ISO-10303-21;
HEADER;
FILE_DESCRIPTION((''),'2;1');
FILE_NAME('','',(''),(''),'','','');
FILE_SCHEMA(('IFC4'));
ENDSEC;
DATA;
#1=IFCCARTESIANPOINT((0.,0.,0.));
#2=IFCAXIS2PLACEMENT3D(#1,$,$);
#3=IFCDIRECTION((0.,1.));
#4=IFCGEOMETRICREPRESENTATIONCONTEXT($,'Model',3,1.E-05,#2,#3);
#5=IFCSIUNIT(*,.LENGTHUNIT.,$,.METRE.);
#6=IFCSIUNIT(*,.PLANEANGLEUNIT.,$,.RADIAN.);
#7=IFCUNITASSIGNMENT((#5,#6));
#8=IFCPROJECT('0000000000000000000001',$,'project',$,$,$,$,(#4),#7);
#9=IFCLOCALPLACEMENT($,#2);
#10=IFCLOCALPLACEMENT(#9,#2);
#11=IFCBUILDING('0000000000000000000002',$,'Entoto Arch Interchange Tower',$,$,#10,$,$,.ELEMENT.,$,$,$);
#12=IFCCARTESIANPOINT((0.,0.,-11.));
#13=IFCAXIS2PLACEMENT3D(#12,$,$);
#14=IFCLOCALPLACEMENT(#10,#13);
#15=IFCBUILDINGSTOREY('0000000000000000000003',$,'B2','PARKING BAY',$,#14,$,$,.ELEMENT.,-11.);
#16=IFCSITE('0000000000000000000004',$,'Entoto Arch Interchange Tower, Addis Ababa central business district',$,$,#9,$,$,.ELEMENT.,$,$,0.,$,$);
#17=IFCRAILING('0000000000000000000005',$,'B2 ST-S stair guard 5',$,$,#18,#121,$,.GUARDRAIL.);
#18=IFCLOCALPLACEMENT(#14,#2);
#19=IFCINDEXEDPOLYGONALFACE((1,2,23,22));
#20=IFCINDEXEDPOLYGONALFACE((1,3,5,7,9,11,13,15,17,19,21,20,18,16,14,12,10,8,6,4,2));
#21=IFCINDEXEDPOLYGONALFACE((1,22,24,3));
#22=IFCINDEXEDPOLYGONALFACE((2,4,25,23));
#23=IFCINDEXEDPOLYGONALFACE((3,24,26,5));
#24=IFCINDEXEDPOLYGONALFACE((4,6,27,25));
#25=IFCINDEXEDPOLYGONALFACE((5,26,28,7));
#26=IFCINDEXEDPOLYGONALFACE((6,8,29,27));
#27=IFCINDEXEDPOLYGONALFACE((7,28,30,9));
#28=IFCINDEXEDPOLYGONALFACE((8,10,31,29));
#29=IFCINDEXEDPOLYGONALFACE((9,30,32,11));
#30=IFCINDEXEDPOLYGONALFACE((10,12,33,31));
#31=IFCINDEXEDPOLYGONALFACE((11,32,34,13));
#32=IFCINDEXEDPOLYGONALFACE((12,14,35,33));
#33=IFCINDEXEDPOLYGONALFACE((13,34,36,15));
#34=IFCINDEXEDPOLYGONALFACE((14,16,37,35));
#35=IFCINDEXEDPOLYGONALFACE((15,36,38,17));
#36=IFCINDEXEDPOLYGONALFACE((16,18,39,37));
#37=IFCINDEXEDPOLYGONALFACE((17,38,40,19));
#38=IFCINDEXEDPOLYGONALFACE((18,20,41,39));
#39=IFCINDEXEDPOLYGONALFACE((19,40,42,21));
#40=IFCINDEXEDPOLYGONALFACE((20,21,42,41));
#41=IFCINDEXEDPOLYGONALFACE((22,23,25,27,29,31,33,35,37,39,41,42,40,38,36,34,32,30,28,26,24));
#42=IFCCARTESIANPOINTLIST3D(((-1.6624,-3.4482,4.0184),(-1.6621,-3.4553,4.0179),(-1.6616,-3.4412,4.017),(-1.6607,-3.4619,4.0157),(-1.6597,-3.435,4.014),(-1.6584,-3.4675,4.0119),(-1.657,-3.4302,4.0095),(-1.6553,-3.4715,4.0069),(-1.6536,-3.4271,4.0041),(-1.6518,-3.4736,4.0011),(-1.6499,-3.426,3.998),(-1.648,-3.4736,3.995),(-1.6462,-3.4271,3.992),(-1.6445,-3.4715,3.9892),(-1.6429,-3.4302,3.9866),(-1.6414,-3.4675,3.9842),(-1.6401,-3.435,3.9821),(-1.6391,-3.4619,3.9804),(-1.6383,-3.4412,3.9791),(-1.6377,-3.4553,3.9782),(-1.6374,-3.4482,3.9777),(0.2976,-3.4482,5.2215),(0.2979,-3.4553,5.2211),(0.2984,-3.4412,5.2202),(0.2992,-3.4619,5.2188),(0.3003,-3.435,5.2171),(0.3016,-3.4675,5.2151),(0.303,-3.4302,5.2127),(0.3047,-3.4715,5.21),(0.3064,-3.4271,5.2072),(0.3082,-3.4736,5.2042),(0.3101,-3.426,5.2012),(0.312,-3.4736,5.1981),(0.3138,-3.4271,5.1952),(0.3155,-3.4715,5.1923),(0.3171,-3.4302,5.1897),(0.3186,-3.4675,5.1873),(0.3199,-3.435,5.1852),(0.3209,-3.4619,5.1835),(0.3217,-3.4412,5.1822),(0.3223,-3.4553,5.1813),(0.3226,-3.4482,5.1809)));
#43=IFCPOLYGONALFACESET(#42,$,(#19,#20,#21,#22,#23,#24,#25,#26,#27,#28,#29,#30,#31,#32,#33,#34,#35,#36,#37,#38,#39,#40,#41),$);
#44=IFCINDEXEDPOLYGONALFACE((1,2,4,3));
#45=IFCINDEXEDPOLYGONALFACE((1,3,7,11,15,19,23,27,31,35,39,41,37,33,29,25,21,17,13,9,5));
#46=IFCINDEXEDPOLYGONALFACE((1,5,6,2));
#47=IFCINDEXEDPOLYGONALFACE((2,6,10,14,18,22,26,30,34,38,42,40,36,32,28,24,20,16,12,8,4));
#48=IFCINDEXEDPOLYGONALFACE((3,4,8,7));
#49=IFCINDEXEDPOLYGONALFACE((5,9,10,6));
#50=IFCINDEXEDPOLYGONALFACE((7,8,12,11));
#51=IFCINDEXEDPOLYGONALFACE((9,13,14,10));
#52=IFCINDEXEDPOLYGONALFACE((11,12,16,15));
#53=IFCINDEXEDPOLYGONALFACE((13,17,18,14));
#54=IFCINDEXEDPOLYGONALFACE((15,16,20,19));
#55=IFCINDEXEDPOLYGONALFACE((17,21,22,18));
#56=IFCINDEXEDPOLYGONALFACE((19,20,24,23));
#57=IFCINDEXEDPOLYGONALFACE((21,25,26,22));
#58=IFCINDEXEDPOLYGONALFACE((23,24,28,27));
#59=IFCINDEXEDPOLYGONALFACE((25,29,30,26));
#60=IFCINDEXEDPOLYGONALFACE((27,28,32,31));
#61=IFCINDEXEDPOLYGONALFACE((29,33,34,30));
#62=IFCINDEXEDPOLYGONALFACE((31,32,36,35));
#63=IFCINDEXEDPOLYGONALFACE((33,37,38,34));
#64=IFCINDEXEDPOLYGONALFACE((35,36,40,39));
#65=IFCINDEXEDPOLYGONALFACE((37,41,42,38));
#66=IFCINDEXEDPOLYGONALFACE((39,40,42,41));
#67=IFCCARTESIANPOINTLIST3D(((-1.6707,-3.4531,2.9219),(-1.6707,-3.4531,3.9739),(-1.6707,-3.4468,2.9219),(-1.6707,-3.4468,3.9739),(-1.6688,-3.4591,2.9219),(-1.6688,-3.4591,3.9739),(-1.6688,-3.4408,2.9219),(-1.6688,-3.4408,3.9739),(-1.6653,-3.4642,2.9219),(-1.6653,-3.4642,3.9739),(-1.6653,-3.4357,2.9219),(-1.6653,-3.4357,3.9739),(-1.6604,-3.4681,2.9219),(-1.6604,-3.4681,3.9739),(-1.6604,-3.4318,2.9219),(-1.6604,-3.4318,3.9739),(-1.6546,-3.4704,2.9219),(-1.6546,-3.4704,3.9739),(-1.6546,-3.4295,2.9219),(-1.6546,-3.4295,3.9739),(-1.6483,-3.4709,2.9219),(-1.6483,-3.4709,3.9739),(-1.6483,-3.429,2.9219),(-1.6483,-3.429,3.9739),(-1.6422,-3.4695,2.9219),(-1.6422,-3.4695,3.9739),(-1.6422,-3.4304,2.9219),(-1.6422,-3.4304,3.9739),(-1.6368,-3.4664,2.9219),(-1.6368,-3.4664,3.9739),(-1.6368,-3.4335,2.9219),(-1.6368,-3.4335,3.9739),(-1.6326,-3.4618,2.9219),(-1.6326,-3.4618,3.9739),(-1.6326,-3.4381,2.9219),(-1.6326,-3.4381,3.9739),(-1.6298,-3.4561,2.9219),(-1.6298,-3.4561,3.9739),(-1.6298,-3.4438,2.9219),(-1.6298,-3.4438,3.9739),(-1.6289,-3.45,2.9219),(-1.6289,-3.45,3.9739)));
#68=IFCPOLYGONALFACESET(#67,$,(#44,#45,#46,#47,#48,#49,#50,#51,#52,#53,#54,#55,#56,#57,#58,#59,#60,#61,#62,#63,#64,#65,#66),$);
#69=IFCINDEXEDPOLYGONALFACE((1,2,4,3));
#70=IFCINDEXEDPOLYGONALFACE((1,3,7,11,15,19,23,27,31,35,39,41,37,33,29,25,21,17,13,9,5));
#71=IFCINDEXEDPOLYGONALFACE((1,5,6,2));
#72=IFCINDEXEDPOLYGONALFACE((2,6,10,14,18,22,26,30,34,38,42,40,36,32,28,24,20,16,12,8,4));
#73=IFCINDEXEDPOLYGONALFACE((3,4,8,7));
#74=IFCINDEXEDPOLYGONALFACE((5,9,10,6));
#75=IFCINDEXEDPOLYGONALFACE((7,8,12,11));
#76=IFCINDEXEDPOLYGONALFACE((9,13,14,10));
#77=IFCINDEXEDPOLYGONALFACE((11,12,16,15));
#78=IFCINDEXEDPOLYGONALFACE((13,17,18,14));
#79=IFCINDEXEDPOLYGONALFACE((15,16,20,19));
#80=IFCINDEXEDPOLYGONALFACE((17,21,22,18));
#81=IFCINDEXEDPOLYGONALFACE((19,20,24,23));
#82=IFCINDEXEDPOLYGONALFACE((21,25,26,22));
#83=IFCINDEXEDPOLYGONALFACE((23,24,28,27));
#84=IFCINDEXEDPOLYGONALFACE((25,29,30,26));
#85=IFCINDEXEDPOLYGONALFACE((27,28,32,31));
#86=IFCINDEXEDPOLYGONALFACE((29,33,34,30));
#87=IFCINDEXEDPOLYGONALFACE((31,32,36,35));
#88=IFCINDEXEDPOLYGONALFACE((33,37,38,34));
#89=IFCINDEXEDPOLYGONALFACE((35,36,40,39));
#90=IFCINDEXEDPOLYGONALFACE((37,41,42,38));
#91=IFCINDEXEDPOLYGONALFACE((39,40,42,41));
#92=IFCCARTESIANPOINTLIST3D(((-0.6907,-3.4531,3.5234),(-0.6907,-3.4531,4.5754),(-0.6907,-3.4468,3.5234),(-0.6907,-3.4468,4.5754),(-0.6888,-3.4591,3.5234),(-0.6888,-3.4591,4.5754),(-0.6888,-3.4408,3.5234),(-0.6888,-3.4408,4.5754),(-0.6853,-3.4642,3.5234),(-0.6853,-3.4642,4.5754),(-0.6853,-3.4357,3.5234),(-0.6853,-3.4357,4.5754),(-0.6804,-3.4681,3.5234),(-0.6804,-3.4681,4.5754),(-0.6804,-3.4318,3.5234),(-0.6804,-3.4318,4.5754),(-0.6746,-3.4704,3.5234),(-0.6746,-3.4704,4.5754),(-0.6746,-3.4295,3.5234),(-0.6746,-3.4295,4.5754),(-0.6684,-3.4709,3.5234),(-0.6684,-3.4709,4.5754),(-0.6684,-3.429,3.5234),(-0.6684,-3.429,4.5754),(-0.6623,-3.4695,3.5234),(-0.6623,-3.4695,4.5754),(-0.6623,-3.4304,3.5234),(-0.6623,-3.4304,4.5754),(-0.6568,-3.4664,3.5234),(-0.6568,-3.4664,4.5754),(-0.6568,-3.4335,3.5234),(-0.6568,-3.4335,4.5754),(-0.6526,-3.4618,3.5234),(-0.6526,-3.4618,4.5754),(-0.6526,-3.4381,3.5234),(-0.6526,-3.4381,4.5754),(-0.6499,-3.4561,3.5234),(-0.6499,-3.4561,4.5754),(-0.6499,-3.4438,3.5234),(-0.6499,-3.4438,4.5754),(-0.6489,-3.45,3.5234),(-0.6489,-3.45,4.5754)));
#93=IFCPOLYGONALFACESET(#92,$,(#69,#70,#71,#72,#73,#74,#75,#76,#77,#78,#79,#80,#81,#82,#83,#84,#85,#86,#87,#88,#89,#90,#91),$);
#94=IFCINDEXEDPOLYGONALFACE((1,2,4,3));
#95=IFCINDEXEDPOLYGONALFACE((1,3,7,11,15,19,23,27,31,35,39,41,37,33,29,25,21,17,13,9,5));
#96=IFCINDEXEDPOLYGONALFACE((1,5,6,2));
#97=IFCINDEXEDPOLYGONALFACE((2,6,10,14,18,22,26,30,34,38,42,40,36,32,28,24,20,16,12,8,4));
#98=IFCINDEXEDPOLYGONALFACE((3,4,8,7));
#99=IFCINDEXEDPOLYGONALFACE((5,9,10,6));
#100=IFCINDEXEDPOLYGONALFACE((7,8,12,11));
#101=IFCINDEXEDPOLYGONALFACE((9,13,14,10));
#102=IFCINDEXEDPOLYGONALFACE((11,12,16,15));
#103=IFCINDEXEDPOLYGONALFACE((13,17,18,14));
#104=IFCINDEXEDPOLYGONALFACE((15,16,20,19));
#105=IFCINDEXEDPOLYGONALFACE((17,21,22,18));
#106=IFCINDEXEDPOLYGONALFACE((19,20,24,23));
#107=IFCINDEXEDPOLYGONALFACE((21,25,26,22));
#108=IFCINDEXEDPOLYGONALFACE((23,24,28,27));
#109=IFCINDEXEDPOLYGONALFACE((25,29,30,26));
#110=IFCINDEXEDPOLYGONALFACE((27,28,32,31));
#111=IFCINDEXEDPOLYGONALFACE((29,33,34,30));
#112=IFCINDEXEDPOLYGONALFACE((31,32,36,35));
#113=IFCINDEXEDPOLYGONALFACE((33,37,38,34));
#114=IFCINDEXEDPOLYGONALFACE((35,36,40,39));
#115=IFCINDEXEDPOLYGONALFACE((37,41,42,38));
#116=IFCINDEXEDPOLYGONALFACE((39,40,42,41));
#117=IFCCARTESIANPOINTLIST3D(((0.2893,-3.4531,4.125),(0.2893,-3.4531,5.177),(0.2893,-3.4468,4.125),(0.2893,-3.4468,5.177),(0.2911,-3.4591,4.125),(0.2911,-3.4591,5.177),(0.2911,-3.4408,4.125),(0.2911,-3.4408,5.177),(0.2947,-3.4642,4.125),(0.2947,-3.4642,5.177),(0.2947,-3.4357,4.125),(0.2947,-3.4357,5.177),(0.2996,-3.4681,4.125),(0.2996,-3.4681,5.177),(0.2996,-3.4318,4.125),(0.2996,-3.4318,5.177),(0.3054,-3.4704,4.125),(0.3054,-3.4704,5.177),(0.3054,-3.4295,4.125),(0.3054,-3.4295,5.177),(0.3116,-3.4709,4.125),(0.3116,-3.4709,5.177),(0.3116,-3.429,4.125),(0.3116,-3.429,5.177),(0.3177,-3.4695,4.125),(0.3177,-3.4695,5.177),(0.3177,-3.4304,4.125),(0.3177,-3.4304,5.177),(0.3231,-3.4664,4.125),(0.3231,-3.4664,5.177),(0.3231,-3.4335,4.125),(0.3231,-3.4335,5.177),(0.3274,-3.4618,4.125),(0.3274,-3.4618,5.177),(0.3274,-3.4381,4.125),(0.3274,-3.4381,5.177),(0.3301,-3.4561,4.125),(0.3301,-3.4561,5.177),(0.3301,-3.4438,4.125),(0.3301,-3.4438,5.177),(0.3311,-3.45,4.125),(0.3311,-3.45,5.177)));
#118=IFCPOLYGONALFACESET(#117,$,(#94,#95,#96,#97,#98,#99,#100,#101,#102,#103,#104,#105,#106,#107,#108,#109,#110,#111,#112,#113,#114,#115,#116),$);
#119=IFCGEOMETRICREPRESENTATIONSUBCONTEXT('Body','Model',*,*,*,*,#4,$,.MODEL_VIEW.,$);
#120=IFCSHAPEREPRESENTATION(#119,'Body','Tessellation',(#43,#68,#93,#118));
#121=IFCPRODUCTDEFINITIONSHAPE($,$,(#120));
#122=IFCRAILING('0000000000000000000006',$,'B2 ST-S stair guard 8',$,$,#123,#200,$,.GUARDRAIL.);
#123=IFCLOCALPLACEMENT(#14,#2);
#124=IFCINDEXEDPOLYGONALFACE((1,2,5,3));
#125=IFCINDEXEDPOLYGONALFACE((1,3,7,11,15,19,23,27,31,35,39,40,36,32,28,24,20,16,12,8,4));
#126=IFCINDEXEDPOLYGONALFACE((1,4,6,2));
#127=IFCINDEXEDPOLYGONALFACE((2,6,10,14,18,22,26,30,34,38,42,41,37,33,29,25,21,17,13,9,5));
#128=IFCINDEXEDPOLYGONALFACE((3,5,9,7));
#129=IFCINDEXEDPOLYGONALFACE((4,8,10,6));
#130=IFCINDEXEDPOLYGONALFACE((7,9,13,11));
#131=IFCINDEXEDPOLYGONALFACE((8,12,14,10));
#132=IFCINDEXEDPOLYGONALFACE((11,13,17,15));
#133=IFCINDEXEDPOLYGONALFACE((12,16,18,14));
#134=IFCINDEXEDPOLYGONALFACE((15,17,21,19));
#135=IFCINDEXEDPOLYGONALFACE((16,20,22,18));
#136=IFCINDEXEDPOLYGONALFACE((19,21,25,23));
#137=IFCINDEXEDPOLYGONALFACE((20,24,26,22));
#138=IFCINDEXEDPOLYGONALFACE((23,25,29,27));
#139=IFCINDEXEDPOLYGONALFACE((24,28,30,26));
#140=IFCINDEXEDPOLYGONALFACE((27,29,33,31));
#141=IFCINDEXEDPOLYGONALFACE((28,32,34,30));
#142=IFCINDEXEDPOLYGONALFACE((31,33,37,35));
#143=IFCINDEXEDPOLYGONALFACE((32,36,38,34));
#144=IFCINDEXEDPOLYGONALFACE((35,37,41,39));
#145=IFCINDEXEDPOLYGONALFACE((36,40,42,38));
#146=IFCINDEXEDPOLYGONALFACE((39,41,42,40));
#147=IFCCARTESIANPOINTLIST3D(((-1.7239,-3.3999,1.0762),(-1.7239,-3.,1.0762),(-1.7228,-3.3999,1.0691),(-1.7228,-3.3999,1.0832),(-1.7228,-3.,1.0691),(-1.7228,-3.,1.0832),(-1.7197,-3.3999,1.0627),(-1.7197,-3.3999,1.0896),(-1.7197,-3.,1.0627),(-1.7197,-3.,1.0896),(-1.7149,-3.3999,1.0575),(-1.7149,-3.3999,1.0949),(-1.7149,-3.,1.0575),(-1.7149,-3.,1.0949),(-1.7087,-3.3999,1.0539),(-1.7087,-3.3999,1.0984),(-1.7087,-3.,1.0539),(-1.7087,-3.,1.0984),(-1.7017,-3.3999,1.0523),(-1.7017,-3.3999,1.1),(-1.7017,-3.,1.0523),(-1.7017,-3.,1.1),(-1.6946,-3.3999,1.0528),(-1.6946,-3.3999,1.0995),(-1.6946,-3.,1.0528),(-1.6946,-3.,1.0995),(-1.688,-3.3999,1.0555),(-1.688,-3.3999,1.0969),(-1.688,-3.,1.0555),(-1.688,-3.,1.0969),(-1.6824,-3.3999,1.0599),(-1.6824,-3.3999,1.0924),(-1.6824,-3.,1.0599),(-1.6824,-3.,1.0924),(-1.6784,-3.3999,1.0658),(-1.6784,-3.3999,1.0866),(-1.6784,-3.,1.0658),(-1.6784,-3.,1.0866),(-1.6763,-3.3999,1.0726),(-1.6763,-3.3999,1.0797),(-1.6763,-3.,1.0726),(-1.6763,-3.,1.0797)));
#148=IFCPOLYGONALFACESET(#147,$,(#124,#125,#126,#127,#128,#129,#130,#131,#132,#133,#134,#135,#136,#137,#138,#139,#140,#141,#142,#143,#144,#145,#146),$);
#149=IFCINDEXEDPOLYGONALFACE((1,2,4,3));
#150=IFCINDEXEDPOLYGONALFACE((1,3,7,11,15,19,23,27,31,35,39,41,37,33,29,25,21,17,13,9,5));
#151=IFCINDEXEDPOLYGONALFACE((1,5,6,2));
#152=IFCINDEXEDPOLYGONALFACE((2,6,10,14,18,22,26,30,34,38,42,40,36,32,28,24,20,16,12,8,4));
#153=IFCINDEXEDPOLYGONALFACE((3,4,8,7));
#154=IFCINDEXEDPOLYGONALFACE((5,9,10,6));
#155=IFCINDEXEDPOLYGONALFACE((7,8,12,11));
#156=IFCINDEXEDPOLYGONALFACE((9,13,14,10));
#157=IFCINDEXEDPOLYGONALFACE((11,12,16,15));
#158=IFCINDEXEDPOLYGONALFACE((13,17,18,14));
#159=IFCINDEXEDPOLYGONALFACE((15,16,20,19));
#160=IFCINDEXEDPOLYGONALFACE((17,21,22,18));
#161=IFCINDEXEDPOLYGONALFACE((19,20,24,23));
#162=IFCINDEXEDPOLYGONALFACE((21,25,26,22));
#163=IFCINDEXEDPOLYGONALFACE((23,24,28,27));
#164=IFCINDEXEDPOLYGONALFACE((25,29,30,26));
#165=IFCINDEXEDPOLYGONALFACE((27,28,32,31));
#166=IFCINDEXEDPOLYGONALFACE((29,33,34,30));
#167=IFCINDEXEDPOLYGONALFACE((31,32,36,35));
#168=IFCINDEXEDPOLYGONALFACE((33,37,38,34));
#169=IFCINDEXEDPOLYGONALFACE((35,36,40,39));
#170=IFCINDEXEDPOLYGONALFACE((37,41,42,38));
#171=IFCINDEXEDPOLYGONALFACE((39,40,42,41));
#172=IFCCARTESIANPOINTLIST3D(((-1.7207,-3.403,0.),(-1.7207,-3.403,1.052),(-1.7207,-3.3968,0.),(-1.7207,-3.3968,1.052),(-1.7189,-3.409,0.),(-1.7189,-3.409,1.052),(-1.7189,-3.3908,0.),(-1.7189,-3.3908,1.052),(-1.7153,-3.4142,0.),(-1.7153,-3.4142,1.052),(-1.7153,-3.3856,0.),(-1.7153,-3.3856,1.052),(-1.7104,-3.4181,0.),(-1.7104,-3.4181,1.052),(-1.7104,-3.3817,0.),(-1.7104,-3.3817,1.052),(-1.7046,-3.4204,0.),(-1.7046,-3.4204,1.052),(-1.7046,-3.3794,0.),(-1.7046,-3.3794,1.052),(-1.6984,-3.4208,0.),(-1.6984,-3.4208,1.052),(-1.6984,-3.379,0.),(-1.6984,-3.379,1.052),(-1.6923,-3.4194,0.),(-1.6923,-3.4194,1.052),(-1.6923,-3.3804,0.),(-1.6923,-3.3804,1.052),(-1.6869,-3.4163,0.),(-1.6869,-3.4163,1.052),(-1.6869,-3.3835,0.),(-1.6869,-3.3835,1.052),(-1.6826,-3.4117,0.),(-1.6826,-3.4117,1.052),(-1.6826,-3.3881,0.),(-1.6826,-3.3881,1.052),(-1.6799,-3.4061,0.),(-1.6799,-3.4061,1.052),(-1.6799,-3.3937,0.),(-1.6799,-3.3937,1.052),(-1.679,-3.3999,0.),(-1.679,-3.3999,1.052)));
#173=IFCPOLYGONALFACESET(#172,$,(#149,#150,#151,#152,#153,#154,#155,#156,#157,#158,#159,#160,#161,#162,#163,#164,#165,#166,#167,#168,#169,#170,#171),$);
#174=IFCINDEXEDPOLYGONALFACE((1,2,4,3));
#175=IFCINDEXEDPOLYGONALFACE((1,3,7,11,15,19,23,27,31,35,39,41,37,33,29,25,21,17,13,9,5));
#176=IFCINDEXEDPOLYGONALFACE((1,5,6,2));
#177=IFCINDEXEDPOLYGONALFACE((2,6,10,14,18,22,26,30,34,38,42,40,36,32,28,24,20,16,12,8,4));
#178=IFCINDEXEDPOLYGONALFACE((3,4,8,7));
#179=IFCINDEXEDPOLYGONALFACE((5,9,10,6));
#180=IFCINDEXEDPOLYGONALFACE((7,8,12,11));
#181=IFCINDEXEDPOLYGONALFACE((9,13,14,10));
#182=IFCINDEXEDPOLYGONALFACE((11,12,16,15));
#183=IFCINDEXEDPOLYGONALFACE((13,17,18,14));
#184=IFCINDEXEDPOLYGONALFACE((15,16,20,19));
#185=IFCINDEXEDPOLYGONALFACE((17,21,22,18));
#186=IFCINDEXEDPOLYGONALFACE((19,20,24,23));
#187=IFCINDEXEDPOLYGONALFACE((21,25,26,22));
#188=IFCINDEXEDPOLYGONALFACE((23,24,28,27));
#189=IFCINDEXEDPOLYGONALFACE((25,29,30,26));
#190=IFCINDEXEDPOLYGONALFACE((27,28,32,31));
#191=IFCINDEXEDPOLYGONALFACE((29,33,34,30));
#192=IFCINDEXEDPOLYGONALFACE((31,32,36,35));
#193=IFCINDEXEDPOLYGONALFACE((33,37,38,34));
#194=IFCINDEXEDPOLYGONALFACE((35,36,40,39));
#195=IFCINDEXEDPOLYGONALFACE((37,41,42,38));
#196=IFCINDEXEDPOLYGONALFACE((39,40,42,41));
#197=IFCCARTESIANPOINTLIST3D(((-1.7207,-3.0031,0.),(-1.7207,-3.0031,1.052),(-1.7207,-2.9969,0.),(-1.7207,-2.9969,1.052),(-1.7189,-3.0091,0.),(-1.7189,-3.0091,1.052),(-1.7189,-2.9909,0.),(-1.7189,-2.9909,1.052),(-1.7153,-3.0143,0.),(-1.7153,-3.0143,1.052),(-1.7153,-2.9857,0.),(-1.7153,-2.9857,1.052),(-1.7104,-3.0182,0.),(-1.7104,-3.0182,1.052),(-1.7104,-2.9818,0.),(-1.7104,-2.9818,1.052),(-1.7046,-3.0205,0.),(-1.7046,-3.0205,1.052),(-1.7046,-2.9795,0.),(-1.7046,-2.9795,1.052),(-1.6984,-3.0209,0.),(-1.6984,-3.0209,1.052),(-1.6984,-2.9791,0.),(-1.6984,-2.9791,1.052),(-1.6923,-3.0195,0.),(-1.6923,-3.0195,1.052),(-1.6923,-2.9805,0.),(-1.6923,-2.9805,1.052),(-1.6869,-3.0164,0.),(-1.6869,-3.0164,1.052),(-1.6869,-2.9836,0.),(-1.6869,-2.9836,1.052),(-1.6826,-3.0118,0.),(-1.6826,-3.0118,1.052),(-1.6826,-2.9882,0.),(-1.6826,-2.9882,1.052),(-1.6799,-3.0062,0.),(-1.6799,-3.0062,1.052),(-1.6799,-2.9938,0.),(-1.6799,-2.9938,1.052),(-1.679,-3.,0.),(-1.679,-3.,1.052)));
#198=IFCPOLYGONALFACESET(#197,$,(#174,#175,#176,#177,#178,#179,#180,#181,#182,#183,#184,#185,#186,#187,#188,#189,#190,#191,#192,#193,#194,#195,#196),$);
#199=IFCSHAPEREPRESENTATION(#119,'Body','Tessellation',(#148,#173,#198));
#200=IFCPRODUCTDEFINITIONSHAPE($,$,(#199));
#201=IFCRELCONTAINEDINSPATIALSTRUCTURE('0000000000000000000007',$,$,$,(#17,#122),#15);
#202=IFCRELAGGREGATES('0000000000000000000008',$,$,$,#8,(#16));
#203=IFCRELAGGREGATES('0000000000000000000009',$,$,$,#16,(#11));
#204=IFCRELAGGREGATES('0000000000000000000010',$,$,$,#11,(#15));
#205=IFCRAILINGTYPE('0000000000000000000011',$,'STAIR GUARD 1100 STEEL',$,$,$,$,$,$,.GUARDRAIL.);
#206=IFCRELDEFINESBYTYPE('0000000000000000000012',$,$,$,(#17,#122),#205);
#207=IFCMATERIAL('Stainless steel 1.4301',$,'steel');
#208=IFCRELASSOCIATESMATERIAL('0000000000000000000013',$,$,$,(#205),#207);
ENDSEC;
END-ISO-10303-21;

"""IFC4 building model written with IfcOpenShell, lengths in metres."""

from ifc_helpers import new_model, si_unit, direction, frame, origin, origin_2d, place, context, subcontext, project, spatial, circle, extrude, material, type_object, element, save


model = new_model("IFC4")

# Units and contexts
model_context = context("Model", 3, precision=1e-05, world=origin(), true_north=direction((0.0, 1.0)))
body_context = subcontext(model_context, "Body", "Model", "MODEL_VIEW")
ifc_project = project(units=[si_unit("LENGTHUNIT", "METRE"), si_unit("PLANEANGLEUNIT", "RADIAN")], contexts=[model_context])

# Site, building, storey
site_placement = place(None, origin())
site = spatial("IfcSite", under=ifc_project, at=site_placement, Name="Entoto Arch Interchange Tower, Addis Ababa central business district", CompositionType="ELEMENT", RefElevation=0.0)
building_placement = place(site_placement, origin())
building = spatial("IfcBuilding", under=site, at=building_placement, Name="Entoto Arch Interchange Tower", CompositionType="ELEMENT")
storey_placement = place(building_placement, frame((0.0, 0.0, -11.0)))
storey = spatial("IfcBuildingStorey", under=building, at=storey_placement, Name="B2", Description="PARKING BAY", CompositionType="ELEMENT", Elevation=-11.0)

# Railings
ifc_material_1 = material(Name="Stainless steel 1.4301", Category="steel")
railing_type_1 = type_object("IfcRailingType", Name="STAIR GUARD 1100 STEEL", PredefinedType="GUARDRAIL", material=ifc_material_1)
railing_1_placement = place(storey_placement, frame((-1.6499, -3.45, 2.9219)))
element("IfcRailing", 1, at=railing_1_placement, inside=storey, type_object=railing_type_1, Name="B2 ST-S stair guard 5", PredefinedType="GUARDRAIL", context=body_context, shape_type="SweptSolid", body=[
    extrude(circle(Radius=0.0239, at=origin_2d()), frame((0.0, 0.0, 1.0762), z_axis=(0.852241, 0.0, 0.523149), x_axis=(0.0, 1.0, 0.0)), (0.0, 0.0, 1.0), 2.2998),
    extrude(circle(Radius=0.021, at=origin_2d()), origin(), (0.0, 0.0, 1.0), 1.052),
    extrude(circle(Radius=0.021, at=origin_2d()), frame((0.98, 0.0, 0.6016)), (0.0, 0.0, 1.0), 1.052),
    extrude(circle(Radius=0.021, at=origin_2d()), frame((1.96, 0.0, 1.2031)), (0.0, 0.0, 1.0), 1.052),
])
railing_2_placement = place(storey_placement, frame((-1.7, -3.3999, 0.0)))
element("IfcRailing", 2, at=railing_2_placement, inside=storey, type_object=railing_type_1, Name="B2 ST-S stair guard 8", PredefinedType="GUARDRAIL", context=body_context, shape_type="SweptSolid", body=[
    extrude(circle(Radius=0.0239, at=origin_2d()), frame((0.0, 0.0, 1.0762), z_axis=(0.0, 1.0, 0.0), x_axis=(-1.0, 0.0, 0.0)), (0.0, 0.0, 1.0), 0.3999),
    extrude(circle(Radius=0.021, at=origin_2d()), origin(), (0.0, 0.0, 1.0), 1.052),
    extrude(circle(Radius=0.021, at=origin_2d()), frame((0.0, 0.3999, 0.0)), (0.0, 0.0, 1.0), 1.052),
])

save(model, "model.ifc")
